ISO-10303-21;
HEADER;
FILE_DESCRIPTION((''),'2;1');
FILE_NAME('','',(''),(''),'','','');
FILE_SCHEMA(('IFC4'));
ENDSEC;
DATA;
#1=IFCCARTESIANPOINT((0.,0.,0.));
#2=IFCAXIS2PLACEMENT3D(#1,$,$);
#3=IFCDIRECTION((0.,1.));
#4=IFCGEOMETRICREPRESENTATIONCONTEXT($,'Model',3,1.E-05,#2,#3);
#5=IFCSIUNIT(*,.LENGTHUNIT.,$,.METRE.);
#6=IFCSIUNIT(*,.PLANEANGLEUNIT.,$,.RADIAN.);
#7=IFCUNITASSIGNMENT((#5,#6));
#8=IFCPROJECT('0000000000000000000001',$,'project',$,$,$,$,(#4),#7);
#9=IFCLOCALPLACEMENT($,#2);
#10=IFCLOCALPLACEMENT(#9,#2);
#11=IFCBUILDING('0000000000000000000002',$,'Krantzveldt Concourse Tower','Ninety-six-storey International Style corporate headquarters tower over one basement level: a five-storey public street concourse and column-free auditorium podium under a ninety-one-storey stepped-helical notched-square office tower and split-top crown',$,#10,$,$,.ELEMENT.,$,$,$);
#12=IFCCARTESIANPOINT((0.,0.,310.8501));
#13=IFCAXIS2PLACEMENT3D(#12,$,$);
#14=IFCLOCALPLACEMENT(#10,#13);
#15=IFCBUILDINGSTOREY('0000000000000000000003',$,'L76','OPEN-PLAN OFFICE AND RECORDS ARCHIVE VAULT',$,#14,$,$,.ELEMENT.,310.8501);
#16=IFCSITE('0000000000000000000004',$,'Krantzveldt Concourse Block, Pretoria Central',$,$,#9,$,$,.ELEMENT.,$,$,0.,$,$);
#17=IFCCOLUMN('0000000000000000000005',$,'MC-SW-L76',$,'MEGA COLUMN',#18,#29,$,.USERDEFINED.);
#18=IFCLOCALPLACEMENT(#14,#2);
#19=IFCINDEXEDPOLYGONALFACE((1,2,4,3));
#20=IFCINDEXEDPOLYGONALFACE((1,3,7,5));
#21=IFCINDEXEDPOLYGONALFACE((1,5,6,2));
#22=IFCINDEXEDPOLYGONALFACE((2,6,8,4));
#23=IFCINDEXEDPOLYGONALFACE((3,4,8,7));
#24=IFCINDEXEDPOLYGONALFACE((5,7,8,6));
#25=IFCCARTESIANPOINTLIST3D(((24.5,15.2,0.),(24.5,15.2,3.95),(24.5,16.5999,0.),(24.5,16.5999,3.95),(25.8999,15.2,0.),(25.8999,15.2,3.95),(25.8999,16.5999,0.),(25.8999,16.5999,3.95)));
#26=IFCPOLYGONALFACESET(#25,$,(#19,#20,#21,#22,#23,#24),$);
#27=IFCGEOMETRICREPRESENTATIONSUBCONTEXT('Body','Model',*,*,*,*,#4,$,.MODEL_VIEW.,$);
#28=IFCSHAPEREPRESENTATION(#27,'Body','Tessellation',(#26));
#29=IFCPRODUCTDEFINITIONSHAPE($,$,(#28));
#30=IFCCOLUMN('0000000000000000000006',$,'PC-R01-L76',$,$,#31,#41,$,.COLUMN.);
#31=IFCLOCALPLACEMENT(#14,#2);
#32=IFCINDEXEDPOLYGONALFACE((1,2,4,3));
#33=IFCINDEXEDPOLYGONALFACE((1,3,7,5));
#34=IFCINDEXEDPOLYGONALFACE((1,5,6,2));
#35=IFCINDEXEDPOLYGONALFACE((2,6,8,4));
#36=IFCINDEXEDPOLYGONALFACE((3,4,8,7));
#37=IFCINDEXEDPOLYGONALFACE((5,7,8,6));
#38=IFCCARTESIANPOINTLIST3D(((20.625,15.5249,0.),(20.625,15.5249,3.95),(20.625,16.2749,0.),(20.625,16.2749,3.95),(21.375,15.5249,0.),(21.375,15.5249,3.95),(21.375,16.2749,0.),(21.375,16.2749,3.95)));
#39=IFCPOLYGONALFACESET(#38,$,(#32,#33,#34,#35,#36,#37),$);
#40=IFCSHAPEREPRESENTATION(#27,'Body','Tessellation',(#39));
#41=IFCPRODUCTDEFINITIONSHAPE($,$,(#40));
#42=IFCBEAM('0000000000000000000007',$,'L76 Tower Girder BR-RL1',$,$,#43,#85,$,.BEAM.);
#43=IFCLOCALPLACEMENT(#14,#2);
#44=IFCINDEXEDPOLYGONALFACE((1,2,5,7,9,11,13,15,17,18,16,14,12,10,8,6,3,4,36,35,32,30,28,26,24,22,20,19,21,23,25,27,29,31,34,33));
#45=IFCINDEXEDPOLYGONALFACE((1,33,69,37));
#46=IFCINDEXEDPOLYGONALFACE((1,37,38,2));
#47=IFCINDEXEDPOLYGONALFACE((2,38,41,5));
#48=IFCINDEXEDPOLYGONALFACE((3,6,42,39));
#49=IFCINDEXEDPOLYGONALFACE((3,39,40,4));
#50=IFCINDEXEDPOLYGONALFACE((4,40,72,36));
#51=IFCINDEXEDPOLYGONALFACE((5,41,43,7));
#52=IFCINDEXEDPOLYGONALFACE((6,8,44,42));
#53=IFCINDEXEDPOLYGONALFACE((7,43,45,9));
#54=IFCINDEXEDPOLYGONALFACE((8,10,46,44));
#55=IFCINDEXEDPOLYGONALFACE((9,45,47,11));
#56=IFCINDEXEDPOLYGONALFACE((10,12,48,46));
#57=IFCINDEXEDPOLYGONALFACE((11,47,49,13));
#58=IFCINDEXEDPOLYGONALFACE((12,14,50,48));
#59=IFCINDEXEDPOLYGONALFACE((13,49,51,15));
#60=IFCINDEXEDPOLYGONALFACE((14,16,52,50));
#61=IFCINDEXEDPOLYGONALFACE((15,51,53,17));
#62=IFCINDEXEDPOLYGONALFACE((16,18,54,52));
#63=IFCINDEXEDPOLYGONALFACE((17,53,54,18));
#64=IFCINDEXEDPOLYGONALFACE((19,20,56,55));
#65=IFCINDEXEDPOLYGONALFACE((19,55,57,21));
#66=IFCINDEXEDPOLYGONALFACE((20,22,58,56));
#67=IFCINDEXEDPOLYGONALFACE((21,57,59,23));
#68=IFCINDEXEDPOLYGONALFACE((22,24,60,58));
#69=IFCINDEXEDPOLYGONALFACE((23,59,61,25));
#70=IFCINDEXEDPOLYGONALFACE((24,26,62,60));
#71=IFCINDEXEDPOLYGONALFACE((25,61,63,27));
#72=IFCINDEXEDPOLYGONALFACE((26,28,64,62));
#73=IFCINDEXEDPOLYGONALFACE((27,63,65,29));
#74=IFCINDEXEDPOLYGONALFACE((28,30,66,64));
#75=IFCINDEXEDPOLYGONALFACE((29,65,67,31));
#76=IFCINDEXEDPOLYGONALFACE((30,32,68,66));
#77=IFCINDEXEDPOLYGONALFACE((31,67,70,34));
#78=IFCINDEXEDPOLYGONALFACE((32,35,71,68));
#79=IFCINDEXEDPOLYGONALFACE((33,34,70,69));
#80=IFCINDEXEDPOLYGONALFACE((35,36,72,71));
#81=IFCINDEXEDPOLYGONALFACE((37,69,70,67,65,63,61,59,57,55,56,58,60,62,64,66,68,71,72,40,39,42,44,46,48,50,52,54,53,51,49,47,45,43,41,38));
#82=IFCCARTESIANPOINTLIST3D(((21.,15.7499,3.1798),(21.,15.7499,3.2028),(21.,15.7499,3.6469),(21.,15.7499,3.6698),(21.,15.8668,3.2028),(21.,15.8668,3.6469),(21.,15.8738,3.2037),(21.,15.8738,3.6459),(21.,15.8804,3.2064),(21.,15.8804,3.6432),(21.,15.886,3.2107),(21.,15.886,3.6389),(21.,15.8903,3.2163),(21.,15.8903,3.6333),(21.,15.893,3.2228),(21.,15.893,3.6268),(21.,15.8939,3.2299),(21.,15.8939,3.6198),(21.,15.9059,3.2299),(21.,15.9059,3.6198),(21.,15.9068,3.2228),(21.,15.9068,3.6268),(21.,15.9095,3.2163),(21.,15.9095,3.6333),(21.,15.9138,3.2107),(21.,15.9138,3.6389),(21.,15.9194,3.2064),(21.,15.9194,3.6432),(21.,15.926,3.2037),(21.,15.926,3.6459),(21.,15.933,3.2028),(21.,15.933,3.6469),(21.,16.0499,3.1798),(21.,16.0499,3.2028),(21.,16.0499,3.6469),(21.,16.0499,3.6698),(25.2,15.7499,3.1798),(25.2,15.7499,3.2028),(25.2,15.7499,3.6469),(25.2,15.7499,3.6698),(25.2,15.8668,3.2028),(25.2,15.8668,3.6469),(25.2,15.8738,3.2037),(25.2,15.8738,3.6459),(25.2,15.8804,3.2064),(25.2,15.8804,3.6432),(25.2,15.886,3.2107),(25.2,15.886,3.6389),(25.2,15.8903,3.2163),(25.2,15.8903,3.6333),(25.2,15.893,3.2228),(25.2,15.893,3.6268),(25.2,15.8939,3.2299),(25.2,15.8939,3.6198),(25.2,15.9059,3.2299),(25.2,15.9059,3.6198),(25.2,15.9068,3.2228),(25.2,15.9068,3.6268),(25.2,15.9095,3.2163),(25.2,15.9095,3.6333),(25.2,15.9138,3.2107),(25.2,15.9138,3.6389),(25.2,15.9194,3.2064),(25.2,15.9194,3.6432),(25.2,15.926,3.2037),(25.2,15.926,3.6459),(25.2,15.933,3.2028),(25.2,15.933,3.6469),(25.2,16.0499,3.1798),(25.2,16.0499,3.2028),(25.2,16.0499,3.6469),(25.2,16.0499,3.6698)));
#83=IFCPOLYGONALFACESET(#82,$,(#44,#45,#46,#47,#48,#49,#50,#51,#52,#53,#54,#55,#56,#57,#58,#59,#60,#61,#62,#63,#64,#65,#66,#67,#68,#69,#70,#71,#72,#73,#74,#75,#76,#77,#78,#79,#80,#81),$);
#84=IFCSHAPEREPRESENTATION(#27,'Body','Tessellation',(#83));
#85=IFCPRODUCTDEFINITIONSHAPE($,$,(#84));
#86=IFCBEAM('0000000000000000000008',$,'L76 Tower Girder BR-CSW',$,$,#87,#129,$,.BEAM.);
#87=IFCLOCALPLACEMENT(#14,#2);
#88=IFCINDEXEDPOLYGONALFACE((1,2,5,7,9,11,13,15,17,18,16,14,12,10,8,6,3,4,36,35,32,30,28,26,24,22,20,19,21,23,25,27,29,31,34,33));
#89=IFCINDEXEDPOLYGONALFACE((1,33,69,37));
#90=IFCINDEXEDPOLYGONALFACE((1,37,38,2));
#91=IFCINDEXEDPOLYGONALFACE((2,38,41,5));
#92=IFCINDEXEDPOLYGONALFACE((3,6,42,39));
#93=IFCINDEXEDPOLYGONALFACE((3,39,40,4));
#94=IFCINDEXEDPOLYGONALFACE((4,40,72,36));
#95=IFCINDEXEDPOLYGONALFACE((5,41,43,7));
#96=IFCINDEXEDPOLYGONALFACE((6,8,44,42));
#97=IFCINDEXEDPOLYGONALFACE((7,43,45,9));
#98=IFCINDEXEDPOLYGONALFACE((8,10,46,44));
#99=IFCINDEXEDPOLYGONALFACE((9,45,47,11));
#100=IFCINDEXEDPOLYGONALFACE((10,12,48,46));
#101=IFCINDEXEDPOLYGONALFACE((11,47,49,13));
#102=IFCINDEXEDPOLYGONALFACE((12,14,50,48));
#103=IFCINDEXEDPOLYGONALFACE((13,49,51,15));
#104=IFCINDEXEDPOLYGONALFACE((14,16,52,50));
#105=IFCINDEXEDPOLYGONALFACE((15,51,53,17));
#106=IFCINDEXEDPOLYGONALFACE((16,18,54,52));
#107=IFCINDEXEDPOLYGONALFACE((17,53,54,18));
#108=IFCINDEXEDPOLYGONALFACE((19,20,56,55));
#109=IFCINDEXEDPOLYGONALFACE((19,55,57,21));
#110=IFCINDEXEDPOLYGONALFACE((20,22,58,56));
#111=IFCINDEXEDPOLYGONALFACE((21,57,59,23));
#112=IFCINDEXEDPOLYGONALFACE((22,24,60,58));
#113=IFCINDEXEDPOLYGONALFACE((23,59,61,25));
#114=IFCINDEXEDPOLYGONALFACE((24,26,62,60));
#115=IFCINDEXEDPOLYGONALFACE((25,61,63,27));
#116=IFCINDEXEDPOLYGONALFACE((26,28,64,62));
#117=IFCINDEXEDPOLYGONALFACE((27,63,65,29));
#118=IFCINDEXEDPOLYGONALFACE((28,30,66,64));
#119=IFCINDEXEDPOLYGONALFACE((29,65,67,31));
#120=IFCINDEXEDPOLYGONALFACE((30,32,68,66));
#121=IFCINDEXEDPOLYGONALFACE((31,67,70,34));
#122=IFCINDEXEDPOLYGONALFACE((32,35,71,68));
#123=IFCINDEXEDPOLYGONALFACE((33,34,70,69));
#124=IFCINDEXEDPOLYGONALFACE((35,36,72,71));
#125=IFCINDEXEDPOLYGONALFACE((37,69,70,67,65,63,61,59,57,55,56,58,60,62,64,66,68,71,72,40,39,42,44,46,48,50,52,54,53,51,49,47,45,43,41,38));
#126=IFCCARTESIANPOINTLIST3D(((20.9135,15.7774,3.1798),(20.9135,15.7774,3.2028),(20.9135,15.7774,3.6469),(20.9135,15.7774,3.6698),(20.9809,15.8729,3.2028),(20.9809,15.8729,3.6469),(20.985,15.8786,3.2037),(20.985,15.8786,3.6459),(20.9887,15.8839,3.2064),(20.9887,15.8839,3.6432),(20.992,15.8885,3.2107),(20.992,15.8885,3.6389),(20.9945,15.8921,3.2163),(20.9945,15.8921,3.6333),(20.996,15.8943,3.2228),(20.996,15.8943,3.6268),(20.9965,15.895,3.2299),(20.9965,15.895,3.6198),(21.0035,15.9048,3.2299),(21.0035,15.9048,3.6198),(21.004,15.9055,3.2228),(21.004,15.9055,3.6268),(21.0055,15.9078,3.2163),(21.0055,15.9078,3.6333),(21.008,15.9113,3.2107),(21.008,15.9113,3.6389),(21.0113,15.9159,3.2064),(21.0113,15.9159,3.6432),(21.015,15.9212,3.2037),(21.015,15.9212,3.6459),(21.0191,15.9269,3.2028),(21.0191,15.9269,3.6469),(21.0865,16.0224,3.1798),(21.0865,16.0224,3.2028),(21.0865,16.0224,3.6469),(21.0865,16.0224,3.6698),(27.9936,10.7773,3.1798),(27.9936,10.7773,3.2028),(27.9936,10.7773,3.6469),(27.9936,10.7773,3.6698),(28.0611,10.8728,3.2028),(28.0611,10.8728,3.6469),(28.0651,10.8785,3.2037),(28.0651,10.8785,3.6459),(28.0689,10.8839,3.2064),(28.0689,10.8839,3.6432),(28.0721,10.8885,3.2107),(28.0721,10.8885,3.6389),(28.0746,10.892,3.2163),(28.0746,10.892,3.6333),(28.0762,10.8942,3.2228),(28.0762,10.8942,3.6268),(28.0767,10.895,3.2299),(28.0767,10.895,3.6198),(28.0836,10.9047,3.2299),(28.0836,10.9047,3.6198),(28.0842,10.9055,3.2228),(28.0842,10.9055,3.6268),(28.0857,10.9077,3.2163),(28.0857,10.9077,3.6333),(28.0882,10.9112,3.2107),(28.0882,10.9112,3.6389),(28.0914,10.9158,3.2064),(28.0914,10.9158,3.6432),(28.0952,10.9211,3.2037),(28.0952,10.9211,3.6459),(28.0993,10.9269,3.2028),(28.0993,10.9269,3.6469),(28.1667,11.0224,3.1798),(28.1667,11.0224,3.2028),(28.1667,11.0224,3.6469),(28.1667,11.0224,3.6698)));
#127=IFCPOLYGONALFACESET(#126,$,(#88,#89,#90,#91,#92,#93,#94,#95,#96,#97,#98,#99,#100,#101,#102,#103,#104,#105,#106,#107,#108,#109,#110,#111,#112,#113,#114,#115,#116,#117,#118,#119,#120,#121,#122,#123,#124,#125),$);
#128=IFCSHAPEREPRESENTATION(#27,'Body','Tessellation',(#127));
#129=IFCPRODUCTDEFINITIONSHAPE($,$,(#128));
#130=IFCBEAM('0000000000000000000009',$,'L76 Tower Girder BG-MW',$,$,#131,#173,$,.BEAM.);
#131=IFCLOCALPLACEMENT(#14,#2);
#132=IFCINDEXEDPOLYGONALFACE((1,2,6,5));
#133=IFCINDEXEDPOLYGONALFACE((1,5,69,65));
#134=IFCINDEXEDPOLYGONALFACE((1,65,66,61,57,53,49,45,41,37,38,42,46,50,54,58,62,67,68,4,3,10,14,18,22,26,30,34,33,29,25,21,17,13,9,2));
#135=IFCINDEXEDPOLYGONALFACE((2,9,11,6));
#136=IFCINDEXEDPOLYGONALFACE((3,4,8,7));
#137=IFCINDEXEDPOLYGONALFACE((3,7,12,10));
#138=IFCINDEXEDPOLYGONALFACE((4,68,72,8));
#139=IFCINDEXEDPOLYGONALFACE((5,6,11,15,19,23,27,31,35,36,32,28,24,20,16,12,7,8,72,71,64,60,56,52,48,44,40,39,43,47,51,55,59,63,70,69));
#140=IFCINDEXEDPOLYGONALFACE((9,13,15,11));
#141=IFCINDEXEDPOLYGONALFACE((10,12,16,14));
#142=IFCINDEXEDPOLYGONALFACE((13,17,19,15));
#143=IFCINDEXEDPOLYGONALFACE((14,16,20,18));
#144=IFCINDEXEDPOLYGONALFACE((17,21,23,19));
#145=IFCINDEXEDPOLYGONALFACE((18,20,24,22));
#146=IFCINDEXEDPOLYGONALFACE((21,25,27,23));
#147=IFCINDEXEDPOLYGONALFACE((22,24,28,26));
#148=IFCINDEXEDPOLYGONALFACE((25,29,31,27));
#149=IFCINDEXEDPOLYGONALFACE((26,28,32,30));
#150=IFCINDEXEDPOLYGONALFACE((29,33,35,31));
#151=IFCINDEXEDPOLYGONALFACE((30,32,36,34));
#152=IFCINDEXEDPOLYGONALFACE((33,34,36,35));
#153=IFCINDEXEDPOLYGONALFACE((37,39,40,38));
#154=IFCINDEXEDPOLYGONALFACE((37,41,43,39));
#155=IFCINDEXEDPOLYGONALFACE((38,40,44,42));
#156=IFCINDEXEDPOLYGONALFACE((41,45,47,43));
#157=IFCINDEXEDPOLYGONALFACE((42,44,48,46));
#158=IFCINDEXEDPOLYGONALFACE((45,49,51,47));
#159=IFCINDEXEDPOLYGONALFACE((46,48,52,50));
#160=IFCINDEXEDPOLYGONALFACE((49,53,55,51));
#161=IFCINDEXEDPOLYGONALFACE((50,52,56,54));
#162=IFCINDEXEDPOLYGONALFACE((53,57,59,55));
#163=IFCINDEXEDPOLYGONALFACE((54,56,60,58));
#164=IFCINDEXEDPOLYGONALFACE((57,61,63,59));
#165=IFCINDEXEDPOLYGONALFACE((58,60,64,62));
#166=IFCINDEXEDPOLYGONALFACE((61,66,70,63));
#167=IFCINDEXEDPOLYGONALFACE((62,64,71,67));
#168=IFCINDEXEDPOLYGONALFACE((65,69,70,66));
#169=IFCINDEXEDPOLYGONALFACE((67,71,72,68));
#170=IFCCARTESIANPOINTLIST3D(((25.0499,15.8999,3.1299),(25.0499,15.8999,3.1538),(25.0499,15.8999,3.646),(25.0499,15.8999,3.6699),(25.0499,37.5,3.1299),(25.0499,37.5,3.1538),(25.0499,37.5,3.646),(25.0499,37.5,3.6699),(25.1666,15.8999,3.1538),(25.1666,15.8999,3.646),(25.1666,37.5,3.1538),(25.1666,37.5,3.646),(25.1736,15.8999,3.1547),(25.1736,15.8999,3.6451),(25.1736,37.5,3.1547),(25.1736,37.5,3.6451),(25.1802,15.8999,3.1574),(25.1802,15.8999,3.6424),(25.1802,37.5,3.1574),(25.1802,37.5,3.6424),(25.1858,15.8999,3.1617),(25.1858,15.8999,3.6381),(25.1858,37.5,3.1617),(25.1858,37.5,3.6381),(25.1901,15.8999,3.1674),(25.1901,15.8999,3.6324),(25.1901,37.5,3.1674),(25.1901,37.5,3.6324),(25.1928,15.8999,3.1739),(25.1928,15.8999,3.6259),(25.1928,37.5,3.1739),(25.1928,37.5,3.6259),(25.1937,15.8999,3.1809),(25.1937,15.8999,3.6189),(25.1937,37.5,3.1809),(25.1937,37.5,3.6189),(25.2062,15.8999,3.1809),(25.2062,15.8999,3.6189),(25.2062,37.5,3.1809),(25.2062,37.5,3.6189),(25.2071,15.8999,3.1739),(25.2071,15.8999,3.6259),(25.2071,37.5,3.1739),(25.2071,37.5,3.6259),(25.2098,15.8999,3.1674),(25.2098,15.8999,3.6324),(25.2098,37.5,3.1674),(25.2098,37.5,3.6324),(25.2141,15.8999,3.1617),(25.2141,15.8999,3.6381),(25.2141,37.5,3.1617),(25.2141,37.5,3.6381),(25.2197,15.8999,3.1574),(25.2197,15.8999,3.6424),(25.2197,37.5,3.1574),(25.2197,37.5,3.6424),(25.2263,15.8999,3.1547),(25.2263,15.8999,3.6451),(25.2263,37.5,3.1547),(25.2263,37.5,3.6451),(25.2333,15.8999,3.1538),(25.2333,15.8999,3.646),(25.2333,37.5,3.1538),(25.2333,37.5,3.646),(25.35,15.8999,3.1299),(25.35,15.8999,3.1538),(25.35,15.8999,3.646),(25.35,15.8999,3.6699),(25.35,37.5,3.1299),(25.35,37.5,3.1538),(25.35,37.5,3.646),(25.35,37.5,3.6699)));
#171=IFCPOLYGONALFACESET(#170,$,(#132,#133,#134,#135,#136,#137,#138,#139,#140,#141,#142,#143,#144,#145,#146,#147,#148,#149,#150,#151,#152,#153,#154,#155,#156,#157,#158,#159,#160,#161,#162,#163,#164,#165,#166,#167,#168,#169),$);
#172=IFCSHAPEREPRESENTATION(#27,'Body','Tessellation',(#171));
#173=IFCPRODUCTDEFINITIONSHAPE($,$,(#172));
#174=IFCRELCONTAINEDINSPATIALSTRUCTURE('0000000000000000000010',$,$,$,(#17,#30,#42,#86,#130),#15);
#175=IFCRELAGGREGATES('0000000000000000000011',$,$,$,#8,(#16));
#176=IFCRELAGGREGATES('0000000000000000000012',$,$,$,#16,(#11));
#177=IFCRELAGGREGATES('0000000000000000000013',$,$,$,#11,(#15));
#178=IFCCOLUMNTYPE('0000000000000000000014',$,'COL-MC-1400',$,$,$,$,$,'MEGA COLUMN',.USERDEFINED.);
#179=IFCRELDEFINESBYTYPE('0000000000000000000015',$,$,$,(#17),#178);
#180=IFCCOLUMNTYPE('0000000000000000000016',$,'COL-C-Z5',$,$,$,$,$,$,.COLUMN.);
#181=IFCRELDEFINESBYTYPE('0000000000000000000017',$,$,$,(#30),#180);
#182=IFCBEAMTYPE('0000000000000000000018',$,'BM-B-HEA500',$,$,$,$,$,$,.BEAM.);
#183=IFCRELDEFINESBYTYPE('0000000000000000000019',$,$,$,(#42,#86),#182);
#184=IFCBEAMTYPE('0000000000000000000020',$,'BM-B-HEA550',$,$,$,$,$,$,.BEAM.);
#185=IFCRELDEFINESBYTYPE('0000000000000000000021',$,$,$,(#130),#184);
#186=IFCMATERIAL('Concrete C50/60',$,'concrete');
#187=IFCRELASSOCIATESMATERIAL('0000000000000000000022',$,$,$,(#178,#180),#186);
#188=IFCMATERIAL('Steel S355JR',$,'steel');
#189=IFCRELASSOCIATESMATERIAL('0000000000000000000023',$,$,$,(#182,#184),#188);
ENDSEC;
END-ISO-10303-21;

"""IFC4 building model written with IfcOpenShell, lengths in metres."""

from ifc_helpers import new_model, si_unit, direction, frame, origin, origin_2d, place, context, subcontext, project, spatial, rectangle, i_section, extrude, source, transform, mapped, material, material_profile, profile_set, type_object, type_shapes, element, save


model = new_model("IFC4")

# Units and contexts
model_context = context("Model", 3, precision=1e-05, world=origin(), true_north=direction((0.0, 1.0)))
body_context = subcontext(model_context, "Body", "Model", "MODEL_VIEW")
ifc_project = project(units=[si_unit("LENGTHUNIT", "METRE"), si_unit("PLANEANGLEUNIT", "RADIAN")], contexts=[model_context])

# Site, building, storey
site_placement = place(None, origin())
site = spatial("IfcSite", under=ifc_project, at=site_placement, Name="Krantzveldt Concourse Block, Pretoria Central", CompositionType="ELEMENT", RefElevation=0.0)
building_placement = place(site_placement, origin())
building = spatial("IfcBuilding", under=site, at=building_placement, Name="Krantzveldt Concourse Tower", Description="Ninety-six-storey International Style corporate headquarters tower over one basement level: a five-storey public street concourse and column-free auditorium podium under a ninety-one-storey stepped-helical notched-square office tower and split-top crown", CompositionType="ELEMENT")
storey_placement = place(building_placement, frame((0.0, 0.0, 310.8501)))
storey = spatial("IfcBuildingStorey", under=building, at=storey_placement, Name="L76", Description="OPEN-PLAN OFFICE AND RECORDS ARCHIVE VAULT", CompositionType="ELEMENT", Elevation=310.8501)

# Columns
ifc_material_1 = material(Name="Concrete C50/60", Category="concrete")
ifc_material_profile_1 = material_profile(ifc_material_1, rectangle(XDim=1.3999, YDim=1.3999, at=origin_2d()), Name="Concrete C50/60", Category="concrete")
ifc_profile_set_1 = profile_set([ifc_material_profile_1], Name="Concrete C50/60 - RC 1400x1400")
column_type_1 = type_object("IfcColumnType", Name="COL-MC-1400", ElementType="MEGA COLUMN", PredefinedType="USERDEFINED", material=ifc_profile_set_1)
shared_shape_1 = source(origin(), body_context, "Body", "SweptSolid", [
    extrude(rectangle(XDim=1.3999, YDim=1.3999, at=origin_2d()), origin(), (0.0, 0.0, 1.0), 3.95),
])
type_shapes(column_type_1, [shared_shape_1])
column_1_placement = place(storey_placement, frame((25.2, 15.8999, 0.0), z_axis=(0.0, 0.0, 1.0), x_axis=(1.0, 0.0, 0.0)))
element("IfcColumn", 1, at=column_1_placement, inside=storey, type_object=column_type_1, Name="MC-SW-L76", ObjectType="MEGA COLUMN", PredefinedType="USERDEFINED", context=body_context, shape_type="MappedRepresentation", body=[
    mapped(shared_shape_1, transform((0.0, 0.0, 0.0), x_axis=(1.0, 0.0, 0.0), y_axis=(0.0, 1.0, 0.0), z_axis=(0.0, 0.0, 1.0), scale=1.0)),
])
ifc_material_profile_2 = material_profile(ifc_material_1, rectangle(XDim=0.75, YDim=0.75, at=origin_2d()), Name="Concrete C50/60", Category="concrete")
ifc_profile_set_2 = profile_set([ifc_material_profile_2], Name="Concrete C50/60 - RC 750x750")
column_type_2 = type_object("IfcColumnType", Name="COL-C-Z5", PredefinedType="COLUMN", material=ifc_profile_set_2)
shared_shape_2 = source(origin(), body_context, "Body", "SweptSolid", [
    extrude(rectangle(XDim=0.75, YDim=0.75, at=origin_2d()), origin(), (0.0, 0.0, 1.0), 3.95),
])
type_shapes(column_type_2, [shared_shape_2])
column_2_placement = place(storey_placement, frame((21.0, 15.8999, 0.0), z_axis=(0.0, 0.0, 1.0), x_axis=(1.0, 0.0, 0.0)))
element("IfcColumn", 2, at=column_2_placement, inside=storey, type_object=column_type_2, Name="PC-R01-L76", PredefinedType="COLUMN", context=body_context, shape_type="MappedRepresentation", body=[
    mapped(shared_shape_2, transform((0.0, 0.0, 0.0), x_axis=(1.0, 0.0, 0.0), y_axis=(0.0, 1.0, 0.0), z_axis=(0.0, 0.0, 1.0), scale=1.0)),
])

# Beams
ifc_material_2 = material(Name="Steel S355JR", Category="steel")
ifc_material_profile_3 = material_profile(ifc_material_2, i_section(OverallWidth=0.3, OverallDepth=0.49, WebThickness=0.012, FlangeThickness=0.0229, FilletRadius=0.0271, at=origin_2d()), Name="Steel S355JR", Category="steel")
ifc_profile_set_3 = profile_set([ifc_material_profile_3], Name="Steel S355JR - HEA 500")
beam_type_1 = type_object("IfcBeamType", Name="BM-B-HEA500", PredefinedType="BEAM", material=ifc_profile_set_3)
shared_shape_3 = source(origin(), body_context, "Body", "SweptSolid", [
    extrude(i_section(OverallWidth=0.3, OverallDepth=0.49, WebThickness=0.012, FlangeThickness=0.0229, FilletRadius=0.0271, at=origin_2d()), origin(), (0.0, 0.0, 1.0), 4.2),
])
beam_1_placement = place(storey_placement, frame((21.0, 15.8999, 3.4248), z_axis=(1.0, 0.0, 0.0), x_axis=(0.0, 1.0, 0.0)))
element("IfcBeam", 3, at=beam_1_placement, inside=storey, type_object=beam_type_1, Name="L76 Tower Girder BR-RL1", PredefinedType="BEAM", context=body_context, shape_type="MappedRepresentation", body=[
    mapped(shared_shape_3, transform((0.0, 0.0, 0.0), x_axis=(1.0, 0.0, 0.0), y_axis=(0.0, 1.0, 0.0), z_axis=(0.0, 0.0, 1.0), scale=1.0)),
])
shared_shape_4 = source(origin(), body_context, "Body", "SweptSolid", [
    extrude(i_section(OverallWidth=0.3, OverallDepth=0.49, WebThickness=0.012, FlangeThickness=0.0229, FilletRadius=0.0271, at=origin_2d()), origin(), (0.0, 0.0, 1.0), 8.6677),
])
type_shapes(beam_type_1, [shared_shape_3, shared_shape_4])
beam_2_placement = place(storey_placement, frame((21.0, 15.8999, 3.4248), z_axis=(0.816843, -0.57686, 0.0), x_axis=(0.57686, 0.816843, 0.0)))
element("IfcBeam", 4, at=beam_2_placement, inside=storey, type_object=beam_type_1, Name="L76 Tower Girder BR-CSW", PredefinedType="BEAM", context=body_context, shape_type="MappedRepresentation", body=[
    mapped(shared_shape_4, transform((0.0, 0.0, 0.0), x_axis=(1.0, 0.0, 0.0), y_axis=(0.0, 1.0, 0.0), z_axis=(0.0, 0.0, 1.0), scale=1.0)),
])
ifc_material_profile_4 = material_profile(ifc_material_2, i_section(OverallWidth=0.3, OverallDepth=0.54, WebThickness=0.0125, FlangeThickness=0.0239, FilletRadius=0.0271, at=origin_2d()), Name="Steel S355JR", Category="steel")
ifc_profile_set_4 = profile_set([ifc_material_profile_4], Name="Steel S355JR - HEA 550")
beam_type_2 = type_object("IfcBeamType", Name="BM-B-HEA550", PredefinedType="BEAM", material=ifc_profile_set_4)
shared_shape_5 = source(origin(), body_context, "Body", "SweptSolid", [
    extrude(i_section(OverallWidth=0.3, OverallDepth=0.54, WebThickness=0.0125, FlangeThickness=0.0239, FilletRadius=0.0271, at=origin_2d()), origin(), (0.0, 0.0, 1.0), 21.6001),
])
type_shapes(beam_type_2, [shared_shape_5])
beam_3_placement = place(storey_placement, frame((25.2, 15.8999, 3.3999), z_axis=(0.0, 1.0, 0.0), x_axis=(-1.0, 0.0, 0.0)))
element("IfcBeam", 5, at=beam_3_placement, inside=storey, type_object=beam_type_2, Name="L76 Tower Girder BG-MW", PredefinedType="BEAM", context=body_context, shape_type="MappedRepresentation", body=[
    mapped(shared_shape_5, transform((0.0, 0.0, 0.0), x_axis=(1.0, 0.0, 0.0), y_axis=(0.0, 1.0, 0.0), z_axis=(0.0, 0.0, 1.0), scale=1.0)),
])

save(model, "model.ifc")
